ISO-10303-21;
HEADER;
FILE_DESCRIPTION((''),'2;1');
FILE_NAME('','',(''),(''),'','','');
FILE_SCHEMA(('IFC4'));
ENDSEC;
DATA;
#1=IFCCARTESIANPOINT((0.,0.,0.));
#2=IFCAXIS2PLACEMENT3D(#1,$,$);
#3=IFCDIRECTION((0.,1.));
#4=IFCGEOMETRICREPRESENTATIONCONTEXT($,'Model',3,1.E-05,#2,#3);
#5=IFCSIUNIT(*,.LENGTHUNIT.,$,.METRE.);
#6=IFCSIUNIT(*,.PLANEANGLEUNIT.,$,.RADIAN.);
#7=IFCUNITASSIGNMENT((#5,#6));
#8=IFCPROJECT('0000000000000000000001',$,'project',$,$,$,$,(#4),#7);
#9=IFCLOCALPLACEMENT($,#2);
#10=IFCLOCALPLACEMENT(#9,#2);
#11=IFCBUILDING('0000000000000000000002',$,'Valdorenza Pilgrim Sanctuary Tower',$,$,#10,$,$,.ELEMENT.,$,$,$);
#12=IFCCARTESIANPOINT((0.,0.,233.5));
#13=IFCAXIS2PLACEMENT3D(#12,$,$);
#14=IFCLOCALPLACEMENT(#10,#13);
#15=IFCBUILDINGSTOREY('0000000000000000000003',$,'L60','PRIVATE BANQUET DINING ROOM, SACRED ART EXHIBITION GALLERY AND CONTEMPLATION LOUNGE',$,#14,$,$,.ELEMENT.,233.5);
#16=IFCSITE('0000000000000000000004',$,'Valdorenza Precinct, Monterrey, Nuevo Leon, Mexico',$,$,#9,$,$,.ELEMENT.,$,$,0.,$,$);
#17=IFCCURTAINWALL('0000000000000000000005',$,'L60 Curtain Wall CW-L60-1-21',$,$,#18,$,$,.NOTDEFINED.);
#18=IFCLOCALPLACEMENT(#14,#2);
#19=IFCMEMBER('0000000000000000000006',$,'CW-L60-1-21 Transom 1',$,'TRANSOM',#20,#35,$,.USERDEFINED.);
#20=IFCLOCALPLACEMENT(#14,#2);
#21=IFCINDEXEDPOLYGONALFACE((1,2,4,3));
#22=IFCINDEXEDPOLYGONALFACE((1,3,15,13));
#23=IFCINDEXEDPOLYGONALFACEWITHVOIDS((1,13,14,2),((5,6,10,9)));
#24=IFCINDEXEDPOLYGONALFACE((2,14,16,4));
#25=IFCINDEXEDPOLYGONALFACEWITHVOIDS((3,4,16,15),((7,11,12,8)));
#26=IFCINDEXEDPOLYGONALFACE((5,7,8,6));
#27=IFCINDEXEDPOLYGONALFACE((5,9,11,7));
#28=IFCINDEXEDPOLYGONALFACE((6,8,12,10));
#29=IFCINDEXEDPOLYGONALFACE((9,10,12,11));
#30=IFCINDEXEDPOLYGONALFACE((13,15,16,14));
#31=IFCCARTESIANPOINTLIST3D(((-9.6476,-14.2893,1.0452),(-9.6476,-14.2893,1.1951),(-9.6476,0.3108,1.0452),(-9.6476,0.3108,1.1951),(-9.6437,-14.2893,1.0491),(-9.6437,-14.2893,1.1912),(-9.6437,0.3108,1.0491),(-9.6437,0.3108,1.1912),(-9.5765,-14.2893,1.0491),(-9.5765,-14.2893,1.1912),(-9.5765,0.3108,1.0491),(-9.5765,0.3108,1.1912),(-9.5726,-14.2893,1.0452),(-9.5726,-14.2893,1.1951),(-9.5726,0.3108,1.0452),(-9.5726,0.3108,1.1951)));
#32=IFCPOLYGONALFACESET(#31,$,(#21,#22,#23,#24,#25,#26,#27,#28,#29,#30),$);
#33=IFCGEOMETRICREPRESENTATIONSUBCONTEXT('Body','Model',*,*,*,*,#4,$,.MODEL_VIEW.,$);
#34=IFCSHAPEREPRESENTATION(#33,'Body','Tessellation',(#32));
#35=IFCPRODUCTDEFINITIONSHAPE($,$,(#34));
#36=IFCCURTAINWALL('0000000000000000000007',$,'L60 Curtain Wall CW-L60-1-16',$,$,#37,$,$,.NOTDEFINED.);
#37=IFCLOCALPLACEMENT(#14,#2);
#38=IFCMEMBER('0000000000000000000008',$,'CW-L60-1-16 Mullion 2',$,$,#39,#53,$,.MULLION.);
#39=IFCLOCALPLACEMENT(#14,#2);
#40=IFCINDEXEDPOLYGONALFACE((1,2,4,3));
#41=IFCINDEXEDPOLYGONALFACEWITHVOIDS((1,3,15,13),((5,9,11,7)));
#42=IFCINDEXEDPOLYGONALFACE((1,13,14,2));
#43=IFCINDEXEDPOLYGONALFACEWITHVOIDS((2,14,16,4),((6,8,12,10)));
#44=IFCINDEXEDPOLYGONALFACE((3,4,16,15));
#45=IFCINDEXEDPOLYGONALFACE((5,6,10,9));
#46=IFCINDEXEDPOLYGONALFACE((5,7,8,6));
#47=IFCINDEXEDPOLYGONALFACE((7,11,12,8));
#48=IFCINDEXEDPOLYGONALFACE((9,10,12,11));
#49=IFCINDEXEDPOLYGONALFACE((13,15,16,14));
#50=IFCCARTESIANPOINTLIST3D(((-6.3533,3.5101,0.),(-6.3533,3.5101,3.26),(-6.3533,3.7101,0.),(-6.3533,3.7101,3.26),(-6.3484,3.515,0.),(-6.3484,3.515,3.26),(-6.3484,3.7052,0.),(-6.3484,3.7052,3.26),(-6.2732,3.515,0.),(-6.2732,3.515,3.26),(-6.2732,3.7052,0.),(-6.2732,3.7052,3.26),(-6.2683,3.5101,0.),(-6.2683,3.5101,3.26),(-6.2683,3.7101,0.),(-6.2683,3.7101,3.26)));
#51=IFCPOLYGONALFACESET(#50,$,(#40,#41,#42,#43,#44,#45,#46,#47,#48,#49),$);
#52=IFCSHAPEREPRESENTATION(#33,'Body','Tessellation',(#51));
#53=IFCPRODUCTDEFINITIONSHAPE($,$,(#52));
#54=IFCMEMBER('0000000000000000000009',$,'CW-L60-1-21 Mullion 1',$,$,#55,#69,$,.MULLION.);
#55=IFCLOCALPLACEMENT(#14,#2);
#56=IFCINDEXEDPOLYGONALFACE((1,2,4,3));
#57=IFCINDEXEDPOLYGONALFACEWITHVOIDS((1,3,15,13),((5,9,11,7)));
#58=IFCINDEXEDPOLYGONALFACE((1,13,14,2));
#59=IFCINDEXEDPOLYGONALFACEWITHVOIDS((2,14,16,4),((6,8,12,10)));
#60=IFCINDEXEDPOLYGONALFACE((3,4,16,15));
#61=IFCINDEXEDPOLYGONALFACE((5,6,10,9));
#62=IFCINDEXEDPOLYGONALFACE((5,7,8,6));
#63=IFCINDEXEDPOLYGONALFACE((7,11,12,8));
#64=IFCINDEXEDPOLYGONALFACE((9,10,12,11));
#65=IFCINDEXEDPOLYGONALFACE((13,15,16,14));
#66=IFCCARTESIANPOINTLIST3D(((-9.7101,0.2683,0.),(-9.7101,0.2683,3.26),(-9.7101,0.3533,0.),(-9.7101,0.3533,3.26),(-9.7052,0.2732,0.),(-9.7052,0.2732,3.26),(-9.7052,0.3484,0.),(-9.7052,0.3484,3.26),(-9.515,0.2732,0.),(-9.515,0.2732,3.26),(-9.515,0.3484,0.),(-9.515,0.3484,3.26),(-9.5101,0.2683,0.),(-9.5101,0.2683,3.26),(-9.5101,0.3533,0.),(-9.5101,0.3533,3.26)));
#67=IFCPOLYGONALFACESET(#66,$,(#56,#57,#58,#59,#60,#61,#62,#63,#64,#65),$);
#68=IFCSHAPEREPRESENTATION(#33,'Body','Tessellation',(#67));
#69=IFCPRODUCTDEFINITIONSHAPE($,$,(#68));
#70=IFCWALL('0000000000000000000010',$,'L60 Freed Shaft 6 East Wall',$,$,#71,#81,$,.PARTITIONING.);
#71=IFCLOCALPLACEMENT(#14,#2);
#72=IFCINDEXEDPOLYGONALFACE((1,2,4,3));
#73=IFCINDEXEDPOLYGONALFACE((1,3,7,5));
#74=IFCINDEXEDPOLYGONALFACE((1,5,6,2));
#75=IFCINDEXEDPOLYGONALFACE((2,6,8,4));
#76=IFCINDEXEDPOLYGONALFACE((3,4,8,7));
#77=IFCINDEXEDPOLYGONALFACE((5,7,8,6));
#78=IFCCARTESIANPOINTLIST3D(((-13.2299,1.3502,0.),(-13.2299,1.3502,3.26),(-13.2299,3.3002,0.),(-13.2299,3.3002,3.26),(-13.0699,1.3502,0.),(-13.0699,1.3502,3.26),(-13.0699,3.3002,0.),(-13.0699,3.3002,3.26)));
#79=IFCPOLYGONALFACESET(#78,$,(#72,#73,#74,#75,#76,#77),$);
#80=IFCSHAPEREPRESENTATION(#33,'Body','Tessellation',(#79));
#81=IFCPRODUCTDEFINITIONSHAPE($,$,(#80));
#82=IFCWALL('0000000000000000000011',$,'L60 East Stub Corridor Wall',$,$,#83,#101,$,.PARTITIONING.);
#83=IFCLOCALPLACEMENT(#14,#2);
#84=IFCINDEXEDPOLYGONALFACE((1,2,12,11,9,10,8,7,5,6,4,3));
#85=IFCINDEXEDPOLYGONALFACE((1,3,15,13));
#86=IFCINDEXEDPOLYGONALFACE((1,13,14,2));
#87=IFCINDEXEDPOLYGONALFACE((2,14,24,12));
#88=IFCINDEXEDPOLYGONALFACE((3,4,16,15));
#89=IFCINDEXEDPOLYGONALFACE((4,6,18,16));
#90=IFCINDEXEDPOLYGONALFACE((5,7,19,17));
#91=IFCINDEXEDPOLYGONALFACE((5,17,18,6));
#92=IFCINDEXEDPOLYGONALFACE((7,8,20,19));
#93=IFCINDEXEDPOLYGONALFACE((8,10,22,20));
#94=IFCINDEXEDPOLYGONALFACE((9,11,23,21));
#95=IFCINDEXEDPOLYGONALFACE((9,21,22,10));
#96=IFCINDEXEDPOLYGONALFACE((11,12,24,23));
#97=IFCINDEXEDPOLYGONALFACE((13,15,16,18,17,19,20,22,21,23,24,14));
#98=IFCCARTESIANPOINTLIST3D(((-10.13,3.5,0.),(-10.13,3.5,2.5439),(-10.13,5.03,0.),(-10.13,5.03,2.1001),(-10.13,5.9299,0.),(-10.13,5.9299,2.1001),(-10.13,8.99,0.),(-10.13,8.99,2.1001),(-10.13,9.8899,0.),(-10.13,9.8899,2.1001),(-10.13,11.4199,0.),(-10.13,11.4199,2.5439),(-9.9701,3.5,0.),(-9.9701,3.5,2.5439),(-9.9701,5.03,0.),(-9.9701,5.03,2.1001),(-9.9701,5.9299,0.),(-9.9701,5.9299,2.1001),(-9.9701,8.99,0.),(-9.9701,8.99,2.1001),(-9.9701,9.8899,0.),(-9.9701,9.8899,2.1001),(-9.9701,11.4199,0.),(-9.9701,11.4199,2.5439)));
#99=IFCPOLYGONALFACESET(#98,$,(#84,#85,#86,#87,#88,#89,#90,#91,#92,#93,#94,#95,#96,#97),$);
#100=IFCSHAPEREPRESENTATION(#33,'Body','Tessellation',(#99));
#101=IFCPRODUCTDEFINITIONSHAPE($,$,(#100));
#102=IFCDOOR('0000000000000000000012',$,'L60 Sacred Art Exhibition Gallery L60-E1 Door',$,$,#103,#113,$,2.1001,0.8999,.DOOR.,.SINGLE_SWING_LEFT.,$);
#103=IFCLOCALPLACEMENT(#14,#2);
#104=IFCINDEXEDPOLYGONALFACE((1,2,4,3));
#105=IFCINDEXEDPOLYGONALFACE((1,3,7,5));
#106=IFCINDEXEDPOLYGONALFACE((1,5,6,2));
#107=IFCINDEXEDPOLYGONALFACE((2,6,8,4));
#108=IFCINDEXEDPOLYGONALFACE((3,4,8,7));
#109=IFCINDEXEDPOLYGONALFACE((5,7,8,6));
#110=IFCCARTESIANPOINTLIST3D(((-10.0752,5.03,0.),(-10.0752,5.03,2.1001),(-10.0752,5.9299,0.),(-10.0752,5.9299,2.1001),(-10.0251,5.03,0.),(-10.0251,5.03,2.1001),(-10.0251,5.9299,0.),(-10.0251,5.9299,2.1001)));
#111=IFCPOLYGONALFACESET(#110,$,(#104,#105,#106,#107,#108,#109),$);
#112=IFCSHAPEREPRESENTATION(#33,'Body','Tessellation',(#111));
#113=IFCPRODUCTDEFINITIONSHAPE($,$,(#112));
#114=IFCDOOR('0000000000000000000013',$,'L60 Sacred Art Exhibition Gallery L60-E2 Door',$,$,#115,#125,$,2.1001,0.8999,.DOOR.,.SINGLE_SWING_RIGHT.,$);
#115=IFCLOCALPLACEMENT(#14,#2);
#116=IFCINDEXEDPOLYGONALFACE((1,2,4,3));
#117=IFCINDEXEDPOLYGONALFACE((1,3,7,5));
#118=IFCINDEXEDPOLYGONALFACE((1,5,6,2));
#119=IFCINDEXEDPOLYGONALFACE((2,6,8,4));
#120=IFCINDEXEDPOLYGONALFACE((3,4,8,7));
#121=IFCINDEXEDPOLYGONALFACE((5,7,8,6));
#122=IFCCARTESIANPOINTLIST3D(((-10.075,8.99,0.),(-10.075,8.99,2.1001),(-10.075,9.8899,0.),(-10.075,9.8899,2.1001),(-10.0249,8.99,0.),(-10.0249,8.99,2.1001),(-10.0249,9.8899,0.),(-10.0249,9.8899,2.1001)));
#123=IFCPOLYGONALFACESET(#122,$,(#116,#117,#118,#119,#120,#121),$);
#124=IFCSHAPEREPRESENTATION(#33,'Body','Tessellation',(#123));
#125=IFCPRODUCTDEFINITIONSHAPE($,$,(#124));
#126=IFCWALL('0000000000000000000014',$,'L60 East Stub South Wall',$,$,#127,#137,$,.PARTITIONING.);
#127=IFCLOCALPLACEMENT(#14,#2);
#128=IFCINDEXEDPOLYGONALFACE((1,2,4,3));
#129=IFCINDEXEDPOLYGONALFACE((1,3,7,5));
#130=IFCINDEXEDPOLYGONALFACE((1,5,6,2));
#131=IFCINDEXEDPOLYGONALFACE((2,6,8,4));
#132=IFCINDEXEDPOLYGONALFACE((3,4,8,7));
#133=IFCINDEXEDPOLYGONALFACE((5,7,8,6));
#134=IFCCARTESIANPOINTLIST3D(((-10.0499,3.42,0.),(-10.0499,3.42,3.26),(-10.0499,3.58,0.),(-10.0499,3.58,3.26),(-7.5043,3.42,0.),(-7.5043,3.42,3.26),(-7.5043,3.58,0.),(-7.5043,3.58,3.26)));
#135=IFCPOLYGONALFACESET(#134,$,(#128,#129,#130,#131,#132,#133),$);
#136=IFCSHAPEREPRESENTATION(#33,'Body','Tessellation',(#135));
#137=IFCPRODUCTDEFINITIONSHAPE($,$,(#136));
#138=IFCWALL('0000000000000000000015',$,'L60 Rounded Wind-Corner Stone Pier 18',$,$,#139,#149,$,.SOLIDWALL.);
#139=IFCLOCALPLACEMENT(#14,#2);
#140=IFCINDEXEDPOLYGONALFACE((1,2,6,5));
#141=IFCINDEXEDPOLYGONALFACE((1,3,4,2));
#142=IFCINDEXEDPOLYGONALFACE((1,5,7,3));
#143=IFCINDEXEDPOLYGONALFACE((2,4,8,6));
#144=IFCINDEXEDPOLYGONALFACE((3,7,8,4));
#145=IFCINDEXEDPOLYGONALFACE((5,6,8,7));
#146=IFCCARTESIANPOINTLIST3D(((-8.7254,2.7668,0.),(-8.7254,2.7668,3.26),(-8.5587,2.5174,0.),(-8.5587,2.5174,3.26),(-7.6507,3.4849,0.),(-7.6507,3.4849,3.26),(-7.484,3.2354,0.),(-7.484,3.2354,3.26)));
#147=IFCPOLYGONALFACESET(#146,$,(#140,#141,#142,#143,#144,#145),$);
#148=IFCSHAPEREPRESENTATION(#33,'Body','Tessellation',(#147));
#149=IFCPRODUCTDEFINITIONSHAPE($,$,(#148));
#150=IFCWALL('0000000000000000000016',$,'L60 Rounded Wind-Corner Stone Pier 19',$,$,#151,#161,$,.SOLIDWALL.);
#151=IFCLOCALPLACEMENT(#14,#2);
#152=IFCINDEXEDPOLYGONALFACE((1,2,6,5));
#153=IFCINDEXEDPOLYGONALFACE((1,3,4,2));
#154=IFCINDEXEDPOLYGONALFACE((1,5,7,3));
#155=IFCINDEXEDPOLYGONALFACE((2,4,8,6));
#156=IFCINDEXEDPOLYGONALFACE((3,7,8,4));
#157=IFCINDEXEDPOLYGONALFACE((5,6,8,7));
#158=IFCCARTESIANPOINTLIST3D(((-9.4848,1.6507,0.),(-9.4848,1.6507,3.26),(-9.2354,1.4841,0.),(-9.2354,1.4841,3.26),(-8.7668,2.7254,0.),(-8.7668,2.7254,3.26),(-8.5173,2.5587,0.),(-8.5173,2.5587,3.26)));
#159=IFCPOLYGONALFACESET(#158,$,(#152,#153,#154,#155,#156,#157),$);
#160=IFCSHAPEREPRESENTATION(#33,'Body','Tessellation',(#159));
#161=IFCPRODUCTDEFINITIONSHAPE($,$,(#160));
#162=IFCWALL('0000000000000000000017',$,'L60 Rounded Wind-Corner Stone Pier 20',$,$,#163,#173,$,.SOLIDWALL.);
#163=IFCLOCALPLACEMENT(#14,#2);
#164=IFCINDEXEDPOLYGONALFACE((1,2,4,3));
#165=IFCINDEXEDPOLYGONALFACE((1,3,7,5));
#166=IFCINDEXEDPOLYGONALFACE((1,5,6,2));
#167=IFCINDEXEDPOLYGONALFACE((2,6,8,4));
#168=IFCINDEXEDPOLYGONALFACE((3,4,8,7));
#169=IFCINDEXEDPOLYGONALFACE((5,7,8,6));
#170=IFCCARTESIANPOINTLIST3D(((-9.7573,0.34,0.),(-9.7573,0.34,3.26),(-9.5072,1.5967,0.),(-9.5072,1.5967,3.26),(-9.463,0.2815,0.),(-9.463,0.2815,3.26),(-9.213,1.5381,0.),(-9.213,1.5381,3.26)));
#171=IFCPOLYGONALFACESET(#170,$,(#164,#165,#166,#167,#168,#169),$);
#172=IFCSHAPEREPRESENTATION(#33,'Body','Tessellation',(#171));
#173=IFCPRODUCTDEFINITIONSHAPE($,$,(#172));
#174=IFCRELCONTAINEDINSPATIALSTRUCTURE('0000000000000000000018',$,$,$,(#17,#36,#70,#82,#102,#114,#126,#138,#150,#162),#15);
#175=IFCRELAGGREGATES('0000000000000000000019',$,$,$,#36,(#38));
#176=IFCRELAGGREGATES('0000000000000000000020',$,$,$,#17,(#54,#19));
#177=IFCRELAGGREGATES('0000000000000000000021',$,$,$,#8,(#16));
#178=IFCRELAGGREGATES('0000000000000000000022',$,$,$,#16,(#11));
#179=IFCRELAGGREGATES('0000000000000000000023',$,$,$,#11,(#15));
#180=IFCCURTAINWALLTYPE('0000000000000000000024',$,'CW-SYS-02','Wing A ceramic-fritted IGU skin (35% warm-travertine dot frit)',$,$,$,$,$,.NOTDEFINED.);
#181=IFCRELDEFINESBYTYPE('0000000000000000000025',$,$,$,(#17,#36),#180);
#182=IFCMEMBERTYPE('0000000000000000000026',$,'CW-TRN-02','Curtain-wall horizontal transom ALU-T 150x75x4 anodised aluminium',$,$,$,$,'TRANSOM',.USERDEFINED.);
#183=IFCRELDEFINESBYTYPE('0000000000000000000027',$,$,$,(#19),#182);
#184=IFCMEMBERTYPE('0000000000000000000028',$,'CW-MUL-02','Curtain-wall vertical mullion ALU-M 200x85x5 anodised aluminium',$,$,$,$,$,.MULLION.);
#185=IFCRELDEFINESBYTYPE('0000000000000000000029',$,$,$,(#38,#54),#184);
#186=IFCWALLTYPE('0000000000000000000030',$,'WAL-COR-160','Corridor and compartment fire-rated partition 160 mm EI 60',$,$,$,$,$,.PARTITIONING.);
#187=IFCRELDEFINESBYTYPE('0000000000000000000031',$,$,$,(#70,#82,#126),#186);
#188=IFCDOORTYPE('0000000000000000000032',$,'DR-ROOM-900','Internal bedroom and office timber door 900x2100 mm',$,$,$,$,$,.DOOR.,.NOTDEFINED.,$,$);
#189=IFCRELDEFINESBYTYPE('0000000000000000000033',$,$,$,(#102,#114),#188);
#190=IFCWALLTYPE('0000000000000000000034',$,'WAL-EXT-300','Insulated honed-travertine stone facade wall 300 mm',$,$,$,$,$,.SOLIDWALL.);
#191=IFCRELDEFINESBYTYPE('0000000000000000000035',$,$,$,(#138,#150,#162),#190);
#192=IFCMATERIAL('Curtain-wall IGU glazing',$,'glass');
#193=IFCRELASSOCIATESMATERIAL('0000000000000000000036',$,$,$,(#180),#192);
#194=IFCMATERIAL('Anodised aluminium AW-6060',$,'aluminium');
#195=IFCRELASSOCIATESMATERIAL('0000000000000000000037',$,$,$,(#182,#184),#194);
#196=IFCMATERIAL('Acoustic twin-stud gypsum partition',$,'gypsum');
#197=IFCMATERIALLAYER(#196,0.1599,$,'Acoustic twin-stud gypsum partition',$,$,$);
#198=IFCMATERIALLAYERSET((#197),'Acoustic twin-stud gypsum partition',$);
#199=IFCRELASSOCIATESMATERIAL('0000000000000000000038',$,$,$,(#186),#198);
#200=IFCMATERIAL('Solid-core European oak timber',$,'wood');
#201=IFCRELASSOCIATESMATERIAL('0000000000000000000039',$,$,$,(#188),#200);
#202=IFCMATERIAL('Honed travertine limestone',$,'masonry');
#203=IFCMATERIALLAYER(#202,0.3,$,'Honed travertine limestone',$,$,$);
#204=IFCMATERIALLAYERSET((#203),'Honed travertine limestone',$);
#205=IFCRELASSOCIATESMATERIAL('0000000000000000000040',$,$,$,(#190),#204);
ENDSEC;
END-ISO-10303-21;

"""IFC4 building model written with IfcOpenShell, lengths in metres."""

from ifc_helpers import new_model, si_unit, direction, frame, frame_2d, origin, origin_2d, place, context, subcontext, project, spatial, rectangle, hollow_rectangle, extrude, source, transform, mapped, material, layer, layer_set, material_profile, profile_set, type_object, element, fill, aggregate, save


model = new_model("IFC4")

# Units and contexts
model_context = context("Model", 3, precision=1e-05, world=origin(), true_north=direction((0.0, 1.0)))
body_context = subcontext(model_context, "Body", "Model", "MODEL_VIEW")
ifc_project = project(units=[si_unit("LENGTHUNIT", "METRE"), si_unit("PLANEANGLEUNIT", "RADIAN")], contexts=[model_context])

# Site, building, storey
site_placement = place(None, origin())
site = spatial("IfcSite", under=ifc_project, at=site_placement, Name="Valdorenza Precinct, Monterrey, Nuevo Leon, Mexico", CompositionType="ELEMENT", RefElevation=0.0)
building_placement = place(site_placement, origin())
building = spatial("IfcBuilding", under=site, at=building_placement, Name="Valdorenza Pilgrim Sanctuary Tower", CompositionType="ELEMENT")
storey_placement = place(building_placement, frame((0.0, 0.0, 233.5)))
storey = spatial("IfcBuildingStorey", under=building, at=storey_placement, Name="L60", Description="PRIVATE BANQUET DINING ROOM, SACRED ART EXHIBITION GALLERY AND CONTEMPLATION LOUNGE", CompositionType="ELEMENT", Elevation=233.5)

# Curtain walls, members
ifc_material_1 = material(Name="Curtain-wall IGU glazing", Category="glass")
curtain_wall_type = type_object("IfcCurtainWallType", Name="CW-SYS-02", Description="Wing A ceramic-fritted IGU skin (35% warm-travertine dot frit)", PredefinedType="NOTDEFINED", material=ifc_material_1)
curtain_wall_1_placement = place(storey_placement, origin())
curtain_wall_1 = element("IfcCurtainWall", 1, at=curtain_wall_1_placement, inside=storey, type_object=curtain_wall_type, Name="L60 Curtain Wall CW-L60-1-21", PredefinedType="NOTDEFINED")
ifc_material_2 = material(Name="Anodised aluminium AW-6060", Category="aluminium")
ifc_material_profile_1 = material_profile(ifc_material_2, hollow_rectangle(XDim=0.075, YDim=0.1499, WallThickness=0.0039, at=origin_2d()), Name="ALU-T 150x75x4")
ifc_profile_set_1 = profile_set([ifc_material_profile_1], Name="Anodised aluminium AW-6060")
member_type_1 = type_object("IfcMemberType", Name="CW-TRN-02", Description="Curtain-wall horizontal transom ALU-T 150x75x4 anodised aluminium", ElementType="TRANSOM", PredefinedType="USERDEFINED", material=ifc_profile_set_1)
shared_shape_1 = source(origin(), body_context, "Body", "SweptSolid", [
    extrude(hollow_rectangle(XDim=0.075, YDim=0.1499, WallThickness=0.0039, at=origin_2d()), origin(), (0.0, 0.0, 1.0), 14.6001),
])
member_1_placement = place(storey_placement, frame((-9.6101, 0.3108, 1.1201), z_axis=(0.0, -1.0, 0.0), x_axis=(1.0, 0.0, 0.0)))
member_1 = element("IfcMember", 2, at=member_1_placement, type_object=member_type_1, Name="CW-L60-1-21 Transom 1", ObjectType="TRANSOM", PredefinedType="USERDEFINED", context=body_context, shape_type="MappedRepresentation", body=[
    mapped(shared_shape_1, transform((0.0, 0.0, 0.0), x_axis=(1.0, 0.0, 0.0), y_axis=(0.0, 1.0, 0.0), z_axis=(0.0, 0.0, 1.0), scale=1.0)),
])
curtain_wall_2_placement = place(storey_placement, origin())
curtain_wall_2 = element("IfcCurtainWall", 3, at=curtain_wall_2_placement, inside=storey, type_object=curtain_wall_type, Name="L60 Curtain Wall CW-L60-1-16", PredefinedType="NOTDEFINED")
ifc_material_profile_2 = material_profile(ifc_material_2, hollow_rectangle(XDim=0.085, YDim=0.2, WallThickness=0.0049, at=origin_2d()), Name="ALU-M 200x85x5")
ifc_profile_set_2 = profile_set([ifc_material_profile_2], Name="Anodised aluminium AW-6060")
member_type_2 = type_object("IfcMemberType", Name="CW-MUL-02", Description="Curtain-wall vertical mullion ALU-M 200x85x5 anodised aluminium", PredefinedType="MULLION", material=ifc_profile_set_2)
shared_shape_2 = source(origin(), body_context, "Body", "SweptSolid", [
    extrude(hollow_rectangle(XDim=0.085, YDim=0.2, WallThickness=0.0049, at=origin_2d()), origin(), (0.0, 0.0, 1.0), 3.26),
])
member_2_placement = place(storey_placement, frame((-6.3108, 3.6101, 0.0), z_axis=(0.0, 0.0, 1.0), x_axis=(-1.0, 0.0, 0.0)))
member_2 = element("IfcMember", 4, at=member_2_placement, type_object=member_type_2, Name="CW-L60-1-16 Mullion 2", PredefinedType="MULLION", context=body_context, shape_type="MappedRepresentation", body=[
    mapped(shared_shape_2, transform((0.0, 0.0, 0.0), x_axis=(1.0, 0.0, 0.0), y_axis=(0.0, 1.0, 0.0), z_axis=(0.0, 0.0, 1.0), scale=1.0)),
])
aggregate(curtain_wall_2, [member_2])

# Member
member_3_placement = place(storey_placement, frame((-9.6101, 0.3108, 0.0), z_axis=(0.0, 0.0, 1.0), x_axis=(0.0, -1.0, 0.0)))
member_3 = element("IfcMember", 5, at=member_3_placement, type_object=member_type_2, Name="CW-L60-1-21 Mullion 1", PredefinedType="MULLION", context=body_context, shape_type="MappedRepresentation", body=[
    mapped(shared_shape_2, transform((0.0, 0.0, 0.0), x_axis=(1.0, 0.0, 0.0), y_axis=(0.0, 1.0, 0.0), z_axis=(0.0, 0.0, 1.0), scale=1.0)),
])
aggregate(curtain_wall_1, [member_3, member_1])

# Wall
ifc_material_3 = material(Name="Acoustic twin-stud gypsum partition", Category="gypsum")
ifc_layer_1 = layer(ifc_material_3, 0.1599, Name="Acoustic twin-stud gypsum partition")
ifc_layer_set_1 = layer_set([ifc_layer_1], Name="Acoustic twin-stud gypsum partition")
wall_type_1 = type_object("IfcWallType", Name="WAL-COR-160", Description="Corridor and compartment fire-rated partition 160 mm EI 60", PredefinedType="PARTITIONING", material=ifc_layer_set_1)
wall_1_placement = place(storey_placement, frame((-13.1499, 1.3501, 0.0), z_axis=(0.0, 0.0, 1.0), x_axis=(0.0, 1.0, 0.0)))
element("IfcWall", 6, at=wall_1_placement, inside=storey, type_object=wall_type_1, Name="L60 Freed Shaft 6 East Wall", PredefinedType="PARTITIONING", context=body_context, shape_type="SweptSolid", body=[
    extrude(rectangle(XDim=1.95, YDim=0.1599, at=frame_2d((0.9751, 0.0))), origin(), (0.0, 0.0, 1.0), 3.26),
])

# Wall, openings, doors
wall_2_placement = place(storey_placement, frame((-10.05, 3.5, 0.0), z_axis=(0.0, 0.0, 1.0), x_axis=(0.0, 1.0, 0.0)))
wall_2 = element("IfcWall", 7, at=wall_2_placement, inside=storey, type_object=wall_type_1, Name="L60 East Stub Corridor Wall", PredefinedType="PARTITIONING", context=body_context, shape_type="SweptSolid", body=[
    extrude(rectangle(XDim=7.9199, YDim=0.1599, at=frame_2d((3.96, 0.0))), origin(), (0.0, 0.0, 1.0), 2.5439),
])
opening_1_placement = place(wall_2_placement, frame((1.53, 0.0, 0.0)))
opening_1 = element("IfcOpeningElement", 8, at=opening_1_placement, cuts=wall_2, PredefinedType="OPENING", context=body_context, shape_type="SweptSolid", body=[
    extrude(rectangle(XDim=0.8999, YDim=2.1001, at=frame_2d((0.45, 1.05))), frame((0.0, 0.0947, 0.0), z_axis=(0.0, -1.0, 0.0), x_axis=(1.0, 0.0, 0.0)), (0.0, 0.0, 1.0), 0.1897),
])
opening_2_placement = place(wall_2_placement, frame((5.49, 0.0, 0.0)))
opening_2 = element("IfcOpeningElement", 9, at=opening_2_placement, cuts=wall_2, PredefinedType="OPENING", context=body_context, shape_type="SweptSolid", body=[
    extrude(rectangle(XDim=0.8999, YDim=2.1001, at=frame_2d((0.45, 1.05))), frame((0.0, 0.0947, 0.0), z_axis=(0.0, -1.0, 0.0), x_axis=(1.0, 0.0, 0.0)), (0.0, 0.0, 1.0), 0.1897),
])
ifc_material_4 = material(Name="Solid-core European oak timber", Category="wood")
door_type_1 = type_object("IfcDoorType", Name="DR-ROOM-900", Description="Internal bedroom and office timber door 900x2100 mm", OperationType="NOTDEFINED", PredefinedType="DOOR", material=ifc_material_4)
door_1_placement = place(opening_1_placement, frame((0.8999, 0.0, 0.0), z_axis=(0.0, 0.0, 1.0), x_axis=(-1.0, 0.0, 0.0)))
door_1 = element("IfcDoor", 10, at=door_1_placement, inside=storey, type_object=door_type_1, Name="L60 Sacred Art Exhibition Gallery L60-E1 Door", OperationType="SINGLE_SWING_LEFT", OverallHeight=2.1001, OverallWidth=0.8999, PredefinedType="DOOR", context=body_context, shape_type="SweptSolid", body=[
    extrude(rectangle(XDim=0.8999, YDim=2.1001, at=frame_2d((0.45, 1.05))), frame((0.0, 0.0249, 0.0), z_axis=(0.0, -1.0, 0.0), x_axis=(1.0, 0.0, 0.0)), (0.0, 0.0, 1.0), 0.05),
])
fill(opening_1, door_1)
door_2_placement = place(opening_2_placement, origin())
door_2 = element("IfcDoor", 11, at=door_2_placement, inside=storey, type_object=door_type_1, Name="L60 Sacred Art Exhibition Gallery L60-E2 Door", OperationType="SINGLE_SWING_RIGHT", OverallHeight=2.1001, OverallWidth=0.8999, PredefinedType="DOOR", context=body_context, shape_type="SweptSolid", body=[
    extrude(rectangle(XDim=0.8999, YDim=2.1001, at=frame_2d((0.45, 1.05))), frame((0.0, 0.0249, 0.0), z_axis=(0.0, -1.0, 0.0), x_axis=(1.0, 0.0, 0.0)), (0.0, 0.0, 1.0), 0.05),
])
fill(opening_2, door_2)

# Walls
wall_3_placement = place(storey_placement, frame((-10.05, 3.5, 0.0), z_axis=(0.0, 0.0, 1.0), x_axis=(1.0, 0.0, 0.0)))
element("IfcWall", 12, at=wall_3_placement, inside=storey, type_object=wall_type_1, Name="L60 East Stub South Wall", PredefinedType="PARTITIONING", context=body_context, shape_type="SweptSolid", body=[
    extrude(rectangle(XDim=2.5457, YDim=0.1599, at=frame_2d((1.2729, 0.0))), origin(), (0.0, 0.0, 1.0), 3.26),
])
ifc_material_5 = material(Name="Honed travertine limestone", Category="masonry")
ifc_layer_2 = layer(ifc_material_5, 0.3, Name="Honed travertine limestone")
ifc_layer_set_2 = layer_set([ifc_layer_2], Name="Honed travertine limestone")
wall_type_2 = type_object("IfcWallType", Name="WAL-EXT-300", Description="Insulated honed-travertine stone facade wall 300 mm", PredefinedType="SOLIDWALL", material=ifc_layer_set_2)
for number, where, z_axis, x_axis, name in (
    (13, (-7.5674, 3.3601, 0.0), (0.0, 0.0, 1.0), (-0.831498, -0.555528, 0.0), "L60 Rounded Wind-Corner Stone Pier 18"),
    (14, (-8.6421, 2.6421, 0.0), (0.0, 0.0, 1.0), (-0.555528, -0.831498, 0.0), "L60 Rounded Wind-Corner Stone Pier 19"),
):
    element("IfcWall", number, at=place(storey_placement, frame(where, z_axis=z_axis, x_axis=x_axis)), inside=storey, type_object=wall_type_2, Name=name, PredefinedType="SOLIDWALL", context=body_context, shape_type="SweptSolid", body=[
        extrude(rectangle(XDim=1.2925, YDim=0.3, at=frame_2d((0.6462, 0.0))), origin(), (0.0, 0.0, 1.0), 3.26),
    ])
wall_4_placement = place(storey_placement, frame((-9.3601, 1.5674, 0.0), z_axis=(0.0, 0.0, 1.0), x_axis=(-0.195127, -0.980778, 0.0)))
element("IfcWall", 15, at=wall_4_placement, inside=storey, type_object=wall_type_2, Name="L60 Rounded Wind-Corner Stone Pier 20", PredefinedType="SOLIDWALL", context=body_context, shape_type="SweptSolid", body=[
    extrude(rectangle(XDim=1.2812, YDim=0.3, at=frame_2d((0.6406, 0.0))), origin(), (0.0, 0.0, 1.0), 3.26),
])

save(model, "model.ifc")
